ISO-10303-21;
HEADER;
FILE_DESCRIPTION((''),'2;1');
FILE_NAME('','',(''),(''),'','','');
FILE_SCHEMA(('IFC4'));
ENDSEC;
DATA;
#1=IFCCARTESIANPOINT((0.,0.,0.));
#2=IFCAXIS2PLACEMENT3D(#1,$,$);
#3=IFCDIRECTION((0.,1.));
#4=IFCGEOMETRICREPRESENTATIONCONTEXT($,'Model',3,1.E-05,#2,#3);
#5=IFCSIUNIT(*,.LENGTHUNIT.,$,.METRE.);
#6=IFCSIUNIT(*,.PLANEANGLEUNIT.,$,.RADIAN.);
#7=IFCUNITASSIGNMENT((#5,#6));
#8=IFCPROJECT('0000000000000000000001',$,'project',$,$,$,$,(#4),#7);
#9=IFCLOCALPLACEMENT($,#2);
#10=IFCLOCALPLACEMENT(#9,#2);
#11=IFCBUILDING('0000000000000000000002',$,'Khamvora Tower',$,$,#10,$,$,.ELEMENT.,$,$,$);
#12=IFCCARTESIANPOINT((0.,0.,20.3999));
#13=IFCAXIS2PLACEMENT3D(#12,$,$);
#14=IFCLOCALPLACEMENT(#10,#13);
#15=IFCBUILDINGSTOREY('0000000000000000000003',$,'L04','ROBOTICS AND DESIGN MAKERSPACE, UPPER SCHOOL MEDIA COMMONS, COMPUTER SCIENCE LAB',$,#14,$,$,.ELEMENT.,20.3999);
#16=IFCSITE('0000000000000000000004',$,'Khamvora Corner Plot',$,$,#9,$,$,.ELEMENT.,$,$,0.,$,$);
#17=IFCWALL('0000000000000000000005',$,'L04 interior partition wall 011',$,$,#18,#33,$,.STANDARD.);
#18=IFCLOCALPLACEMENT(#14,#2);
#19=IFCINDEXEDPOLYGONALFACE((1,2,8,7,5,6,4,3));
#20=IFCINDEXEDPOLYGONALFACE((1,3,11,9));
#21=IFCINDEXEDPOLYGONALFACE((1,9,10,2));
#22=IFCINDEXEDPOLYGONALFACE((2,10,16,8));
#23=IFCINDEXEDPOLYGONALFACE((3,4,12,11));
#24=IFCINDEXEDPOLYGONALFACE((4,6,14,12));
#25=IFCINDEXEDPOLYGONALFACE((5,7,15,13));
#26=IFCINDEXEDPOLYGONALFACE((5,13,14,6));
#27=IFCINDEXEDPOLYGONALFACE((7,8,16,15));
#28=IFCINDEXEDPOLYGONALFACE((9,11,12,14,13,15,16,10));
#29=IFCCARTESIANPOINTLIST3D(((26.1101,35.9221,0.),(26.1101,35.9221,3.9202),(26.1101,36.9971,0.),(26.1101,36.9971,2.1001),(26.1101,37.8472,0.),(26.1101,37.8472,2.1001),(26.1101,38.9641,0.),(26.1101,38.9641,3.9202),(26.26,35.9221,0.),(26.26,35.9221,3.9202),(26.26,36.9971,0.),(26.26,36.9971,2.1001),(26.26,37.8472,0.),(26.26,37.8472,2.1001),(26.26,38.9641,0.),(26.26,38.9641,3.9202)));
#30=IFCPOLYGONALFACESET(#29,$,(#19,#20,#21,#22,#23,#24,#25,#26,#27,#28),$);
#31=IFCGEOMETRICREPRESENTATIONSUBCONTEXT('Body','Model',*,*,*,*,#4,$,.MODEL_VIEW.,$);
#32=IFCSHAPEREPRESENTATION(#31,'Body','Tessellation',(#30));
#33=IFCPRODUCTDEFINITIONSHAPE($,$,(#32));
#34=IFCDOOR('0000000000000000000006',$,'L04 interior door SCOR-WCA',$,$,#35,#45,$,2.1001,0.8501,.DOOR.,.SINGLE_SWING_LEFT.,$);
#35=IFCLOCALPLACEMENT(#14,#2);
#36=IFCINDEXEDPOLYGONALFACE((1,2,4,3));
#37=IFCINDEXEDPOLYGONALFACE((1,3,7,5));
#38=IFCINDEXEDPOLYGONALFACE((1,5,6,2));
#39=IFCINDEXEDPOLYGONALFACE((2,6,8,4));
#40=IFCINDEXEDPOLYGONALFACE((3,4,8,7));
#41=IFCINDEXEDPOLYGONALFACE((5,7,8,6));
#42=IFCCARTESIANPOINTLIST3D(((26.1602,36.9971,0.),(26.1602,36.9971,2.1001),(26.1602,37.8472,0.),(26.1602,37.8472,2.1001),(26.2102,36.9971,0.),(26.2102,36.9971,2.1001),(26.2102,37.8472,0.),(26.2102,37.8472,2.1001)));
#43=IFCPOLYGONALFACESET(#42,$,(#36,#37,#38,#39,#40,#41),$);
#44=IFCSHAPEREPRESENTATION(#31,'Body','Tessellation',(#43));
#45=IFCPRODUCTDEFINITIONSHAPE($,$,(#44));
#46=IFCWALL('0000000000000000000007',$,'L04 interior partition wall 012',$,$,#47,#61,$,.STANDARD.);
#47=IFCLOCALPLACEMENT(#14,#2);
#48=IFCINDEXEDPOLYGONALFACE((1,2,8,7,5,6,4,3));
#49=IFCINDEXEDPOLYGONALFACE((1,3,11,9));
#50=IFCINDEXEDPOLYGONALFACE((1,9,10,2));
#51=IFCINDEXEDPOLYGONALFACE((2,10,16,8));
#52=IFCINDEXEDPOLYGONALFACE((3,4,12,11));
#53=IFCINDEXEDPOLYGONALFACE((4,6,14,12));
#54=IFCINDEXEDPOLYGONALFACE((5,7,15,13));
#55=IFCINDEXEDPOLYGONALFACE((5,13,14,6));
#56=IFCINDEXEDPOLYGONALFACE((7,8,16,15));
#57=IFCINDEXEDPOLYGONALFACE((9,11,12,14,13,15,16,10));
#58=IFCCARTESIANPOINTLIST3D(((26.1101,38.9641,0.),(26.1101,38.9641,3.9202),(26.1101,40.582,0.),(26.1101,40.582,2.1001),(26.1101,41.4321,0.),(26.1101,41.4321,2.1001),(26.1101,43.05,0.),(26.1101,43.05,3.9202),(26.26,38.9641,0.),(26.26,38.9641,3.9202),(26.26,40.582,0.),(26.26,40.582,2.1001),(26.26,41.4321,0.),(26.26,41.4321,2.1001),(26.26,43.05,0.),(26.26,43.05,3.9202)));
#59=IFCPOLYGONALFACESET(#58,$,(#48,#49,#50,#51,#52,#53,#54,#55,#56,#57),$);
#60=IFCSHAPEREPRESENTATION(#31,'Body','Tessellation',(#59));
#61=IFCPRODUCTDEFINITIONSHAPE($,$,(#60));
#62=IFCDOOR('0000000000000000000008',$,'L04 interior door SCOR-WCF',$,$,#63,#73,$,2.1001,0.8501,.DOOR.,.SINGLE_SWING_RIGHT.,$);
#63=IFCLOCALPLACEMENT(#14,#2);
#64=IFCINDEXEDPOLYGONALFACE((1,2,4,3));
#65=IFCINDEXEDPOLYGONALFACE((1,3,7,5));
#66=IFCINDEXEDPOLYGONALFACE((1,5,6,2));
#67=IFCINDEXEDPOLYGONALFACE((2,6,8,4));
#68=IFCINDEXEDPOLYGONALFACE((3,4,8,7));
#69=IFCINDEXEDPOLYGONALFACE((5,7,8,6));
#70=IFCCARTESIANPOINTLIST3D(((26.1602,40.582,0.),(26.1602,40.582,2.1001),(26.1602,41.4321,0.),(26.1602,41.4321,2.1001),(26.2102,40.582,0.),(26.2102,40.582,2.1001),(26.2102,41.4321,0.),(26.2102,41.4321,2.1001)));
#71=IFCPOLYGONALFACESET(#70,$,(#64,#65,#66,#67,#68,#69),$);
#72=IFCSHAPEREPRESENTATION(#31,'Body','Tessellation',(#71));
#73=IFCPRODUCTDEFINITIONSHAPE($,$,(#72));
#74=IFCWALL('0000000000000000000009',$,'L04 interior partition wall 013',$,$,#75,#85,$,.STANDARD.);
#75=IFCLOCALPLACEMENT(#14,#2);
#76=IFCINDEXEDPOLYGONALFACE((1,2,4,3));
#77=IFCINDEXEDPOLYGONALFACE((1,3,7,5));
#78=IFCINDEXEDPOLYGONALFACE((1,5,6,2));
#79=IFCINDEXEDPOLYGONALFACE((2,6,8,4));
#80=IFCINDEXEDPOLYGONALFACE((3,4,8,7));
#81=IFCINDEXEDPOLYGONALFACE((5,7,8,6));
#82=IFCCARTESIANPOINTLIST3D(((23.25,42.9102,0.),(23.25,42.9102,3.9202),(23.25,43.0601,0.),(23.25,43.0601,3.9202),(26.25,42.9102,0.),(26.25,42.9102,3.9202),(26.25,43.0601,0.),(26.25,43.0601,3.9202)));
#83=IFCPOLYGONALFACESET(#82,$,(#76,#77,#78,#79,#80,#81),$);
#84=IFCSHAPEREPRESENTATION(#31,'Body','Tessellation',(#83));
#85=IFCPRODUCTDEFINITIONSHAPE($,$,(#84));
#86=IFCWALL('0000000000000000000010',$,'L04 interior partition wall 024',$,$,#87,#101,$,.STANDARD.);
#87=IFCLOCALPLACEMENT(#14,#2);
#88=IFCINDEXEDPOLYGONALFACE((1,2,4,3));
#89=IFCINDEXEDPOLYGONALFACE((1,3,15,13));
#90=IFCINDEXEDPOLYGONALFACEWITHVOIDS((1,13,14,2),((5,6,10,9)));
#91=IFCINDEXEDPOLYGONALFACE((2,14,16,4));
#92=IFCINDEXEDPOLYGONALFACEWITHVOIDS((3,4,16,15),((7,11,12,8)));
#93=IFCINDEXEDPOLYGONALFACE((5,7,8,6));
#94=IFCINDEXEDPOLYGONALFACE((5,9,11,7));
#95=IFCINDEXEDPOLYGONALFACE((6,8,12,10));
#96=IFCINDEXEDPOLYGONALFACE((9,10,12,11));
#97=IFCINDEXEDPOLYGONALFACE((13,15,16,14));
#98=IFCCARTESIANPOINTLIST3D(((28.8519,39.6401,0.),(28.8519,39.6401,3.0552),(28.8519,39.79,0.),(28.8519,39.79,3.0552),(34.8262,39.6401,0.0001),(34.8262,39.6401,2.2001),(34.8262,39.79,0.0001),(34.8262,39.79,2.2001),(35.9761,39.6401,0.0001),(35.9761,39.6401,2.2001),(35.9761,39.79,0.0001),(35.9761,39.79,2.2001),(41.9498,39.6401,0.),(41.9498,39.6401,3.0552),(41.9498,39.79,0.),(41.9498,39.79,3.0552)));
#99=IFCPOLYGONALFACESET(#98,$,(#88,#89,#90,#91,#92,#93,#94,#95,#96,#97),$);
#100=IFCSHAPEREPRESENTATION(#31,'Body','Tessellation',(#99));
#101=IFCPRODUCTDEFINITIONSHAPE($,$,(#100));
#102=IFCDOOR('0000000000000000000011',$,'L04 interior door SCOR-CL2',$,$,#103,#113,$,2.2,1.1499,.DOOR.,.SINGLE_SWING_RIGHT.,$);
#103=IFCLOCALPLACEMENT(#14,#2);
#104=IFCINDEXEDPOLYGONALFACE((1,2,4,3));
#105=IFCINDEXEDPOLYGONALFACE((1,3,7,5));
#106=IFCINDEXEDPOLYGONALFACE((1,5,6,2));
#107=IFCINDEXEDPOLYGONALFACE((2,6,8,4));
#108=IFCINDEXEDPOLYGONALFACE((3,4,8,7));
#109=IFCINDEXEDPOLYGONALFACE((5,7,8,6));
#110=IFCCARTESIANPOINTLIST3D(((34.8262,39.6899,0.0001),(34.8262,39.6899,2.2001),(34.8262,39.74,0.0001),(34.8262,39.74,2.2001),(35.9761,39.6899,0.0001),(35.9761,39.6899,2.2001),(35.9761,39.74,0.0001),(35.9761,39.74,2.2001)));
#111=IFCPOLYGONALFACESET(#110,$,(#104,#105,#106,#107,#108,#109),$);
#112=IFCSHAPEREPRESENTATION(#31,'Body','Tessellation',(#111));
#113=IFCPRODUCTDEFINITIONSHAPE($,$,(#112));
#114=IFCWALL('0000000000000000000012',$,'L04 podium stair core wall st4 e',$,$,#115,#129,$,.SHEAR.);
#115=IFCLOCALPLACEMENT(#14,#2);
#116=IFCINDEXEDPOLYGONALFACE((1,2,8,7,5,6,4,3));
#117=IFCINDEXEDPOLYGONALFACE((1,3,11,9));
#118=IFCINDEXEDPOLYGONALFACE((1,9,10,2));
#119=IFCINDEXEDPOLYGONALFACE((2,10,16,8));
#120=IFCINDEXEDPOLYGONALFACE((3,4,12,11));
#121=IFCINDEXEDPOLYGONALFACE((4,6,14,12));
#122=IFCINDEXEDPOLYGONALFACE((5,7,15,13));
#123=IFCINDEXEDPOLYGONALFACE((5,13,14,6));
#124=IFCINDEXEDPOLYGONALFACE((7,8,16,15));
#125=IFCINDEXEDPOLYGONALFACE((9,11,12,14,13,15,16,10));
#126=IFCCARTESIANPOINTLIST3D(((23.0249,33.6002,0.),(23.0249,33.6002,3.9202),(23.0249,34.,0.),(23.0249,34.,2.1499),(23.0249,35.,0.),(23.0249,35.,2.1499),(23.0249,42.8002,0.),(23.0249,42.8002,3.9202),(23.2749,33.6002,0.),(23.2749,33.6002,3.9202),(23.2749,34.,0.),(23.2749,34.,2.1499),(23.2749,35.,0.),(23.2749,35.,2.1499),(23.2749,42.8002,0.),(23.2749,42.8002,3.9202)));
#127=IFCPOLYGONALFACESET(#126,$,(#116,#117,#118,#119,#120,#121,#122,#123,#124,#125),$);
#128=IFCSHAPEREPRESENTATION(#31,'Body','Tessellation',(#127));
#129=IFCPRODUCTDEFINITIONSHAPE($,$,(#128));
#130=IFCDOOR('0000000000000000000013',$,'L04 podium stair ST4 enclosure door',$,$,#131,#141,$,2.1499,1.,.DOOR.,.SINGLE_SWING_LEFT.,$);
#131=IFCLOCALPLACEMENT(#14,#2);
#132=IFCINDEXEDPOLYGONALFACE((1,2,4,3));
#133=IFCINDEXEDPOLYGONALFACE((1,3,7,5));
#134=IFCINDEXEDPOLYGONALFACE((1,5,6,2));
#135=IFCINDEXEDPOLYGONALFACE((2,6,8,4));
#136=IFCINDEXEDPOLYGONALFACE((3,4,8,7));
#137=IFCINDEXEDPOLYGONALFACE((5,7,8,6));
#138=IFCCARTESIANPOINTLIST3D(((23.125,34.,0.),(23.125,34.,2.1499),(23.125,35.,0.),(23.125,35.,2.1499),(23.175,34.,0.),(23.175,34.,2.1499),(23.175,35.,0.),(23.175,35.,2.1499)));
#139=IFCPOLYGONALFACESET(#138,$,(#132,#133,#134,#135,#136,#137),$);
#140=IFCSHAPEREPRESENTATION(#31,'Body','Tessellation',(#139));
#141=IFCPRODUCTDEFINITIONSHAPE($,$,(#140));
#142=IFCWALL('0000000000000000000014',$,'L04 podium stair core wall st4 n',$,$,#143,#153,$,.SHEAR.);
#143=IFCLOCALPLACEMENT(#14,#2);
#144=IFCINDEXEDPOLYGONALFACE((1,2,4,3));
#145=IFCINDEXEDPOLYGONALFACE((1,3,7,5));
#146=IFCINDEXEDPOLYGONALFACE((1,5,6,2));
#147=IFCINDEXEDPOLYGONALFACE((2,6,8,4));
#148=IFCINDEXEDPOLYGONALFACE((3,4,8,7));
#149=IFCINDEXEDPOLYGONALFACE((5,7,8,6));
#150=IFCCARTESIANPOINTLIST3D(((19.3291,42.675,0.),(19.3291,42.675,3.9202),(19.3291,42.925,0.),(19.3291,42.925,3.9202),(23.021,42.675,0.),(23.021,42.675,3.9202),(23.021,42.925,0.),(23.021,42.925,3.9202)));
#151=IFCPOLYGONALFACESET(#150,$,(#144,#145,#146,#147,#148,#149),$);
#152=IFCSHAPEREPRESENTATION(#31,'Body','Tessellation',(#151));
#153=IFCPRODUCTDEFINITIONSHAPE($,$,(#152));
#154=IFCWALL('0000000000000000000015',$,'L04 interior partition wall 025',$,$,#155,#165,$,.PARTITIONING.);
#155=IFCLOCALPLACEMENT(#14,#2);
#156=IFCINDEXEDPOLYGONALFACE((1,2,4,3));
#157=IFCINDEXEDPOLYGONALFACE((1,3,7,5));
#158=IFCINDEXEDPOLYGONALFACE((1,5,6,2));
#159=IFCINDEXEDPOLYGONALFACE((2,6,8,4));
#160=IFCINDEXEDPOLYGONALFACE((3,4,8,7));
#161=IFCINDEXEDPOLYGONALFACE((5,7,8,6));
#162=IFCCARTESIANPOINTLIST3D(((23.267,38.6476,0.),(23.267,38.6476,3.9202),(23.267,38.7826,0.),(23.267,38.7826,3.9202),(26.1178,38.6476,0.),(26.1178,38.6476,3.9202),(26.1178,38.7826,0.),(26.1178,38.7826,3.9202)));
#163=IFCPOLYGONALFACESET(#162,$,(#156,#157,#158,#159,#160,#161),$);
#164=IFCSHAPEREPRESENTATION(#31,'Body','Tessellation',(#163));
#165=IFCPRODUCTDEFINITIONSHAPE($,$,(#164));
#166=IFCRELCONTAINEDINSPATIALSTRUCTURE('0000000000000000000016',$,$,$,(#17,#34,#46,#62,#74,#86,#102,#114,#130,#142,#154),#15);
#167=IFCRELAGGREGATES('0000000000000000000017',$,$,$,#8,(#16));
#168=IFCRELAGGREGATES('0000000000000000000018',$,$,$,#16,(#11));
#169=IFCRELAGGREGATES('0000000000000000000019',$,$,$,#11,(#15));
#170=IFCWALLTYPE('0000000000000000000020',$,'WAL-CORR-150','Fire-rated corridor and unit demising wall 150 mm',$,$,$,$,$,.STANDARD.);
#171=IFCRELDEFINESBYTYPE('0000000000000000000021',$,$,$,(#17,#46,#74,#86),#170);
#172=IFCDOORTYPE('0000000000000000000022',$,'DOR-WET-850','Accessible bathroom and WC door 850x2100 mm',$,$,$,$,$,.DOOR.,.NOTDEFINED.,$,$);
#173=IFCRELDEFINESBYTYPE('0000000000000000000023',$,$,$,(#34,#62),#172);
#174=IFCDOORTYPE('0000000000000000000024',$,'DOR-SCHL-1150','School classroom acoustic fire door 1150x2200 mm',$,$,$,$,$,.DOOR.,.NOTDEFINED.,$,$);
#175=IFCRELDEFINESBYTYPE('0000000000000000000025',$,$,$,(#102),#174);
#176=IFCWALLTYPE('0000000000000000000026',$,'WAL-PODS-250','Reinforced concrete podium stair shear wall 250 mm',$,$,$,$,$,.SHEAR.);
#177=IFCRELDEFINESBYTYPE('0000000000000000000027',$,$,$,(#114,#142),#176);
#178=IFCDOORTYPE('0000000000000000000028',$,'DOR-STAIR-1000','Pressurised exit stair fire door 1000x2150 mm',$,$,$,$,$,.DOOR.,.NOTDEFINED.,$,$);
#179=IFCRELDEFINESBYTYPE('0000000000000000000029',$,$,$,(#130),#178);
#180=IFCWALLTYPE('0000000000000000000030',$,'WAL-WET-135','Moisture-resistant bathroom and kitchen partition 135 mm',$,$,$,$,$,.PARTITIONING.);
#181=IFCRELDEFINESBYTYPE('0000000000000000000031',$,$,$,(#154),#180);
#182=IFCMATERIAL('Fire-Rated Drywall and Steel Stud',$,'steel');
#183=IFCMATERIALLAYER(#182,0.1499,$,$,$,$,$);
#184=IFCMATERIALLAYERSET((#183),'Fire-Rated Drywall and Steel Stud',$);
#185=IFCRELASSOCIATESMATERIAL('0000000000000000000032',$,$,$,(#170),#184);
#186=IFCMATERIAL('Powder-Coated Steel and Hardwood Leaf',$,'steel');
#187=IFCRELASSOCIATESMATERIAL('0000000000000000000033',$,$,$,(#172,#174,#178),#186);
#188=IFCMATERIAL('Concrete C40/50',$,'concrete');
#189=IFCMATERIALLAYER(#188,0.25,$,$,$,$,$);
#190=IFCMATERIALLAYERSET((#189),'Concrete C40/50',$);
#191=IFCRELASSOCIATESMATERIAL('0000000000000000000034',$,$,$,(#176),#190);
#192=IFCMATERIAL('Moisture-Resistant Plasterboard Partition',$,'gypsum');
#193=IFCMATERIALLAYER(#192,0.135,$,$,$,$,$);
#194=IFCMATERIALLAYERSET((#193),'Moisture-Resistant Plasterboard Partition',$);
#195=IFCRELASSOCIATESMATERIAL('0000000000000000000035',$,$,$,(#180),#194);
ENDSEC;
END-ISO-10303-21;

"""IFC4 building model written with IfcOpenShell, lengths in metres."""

from ifc_helpers import new_model, si_unit, direction, frame, frame_2d, origin, place, context, subcontext, project, spatial, rectangle, extrude, material, layer, layer_set, type_object, element, fill, save


model = new_model("IFC4")

# Units and contexts
model_context = context("Model", 3, precision=1e-05, world=origin(), true_north=direction((0.0, 1.0)))
body_context = subcontext(model_context, "Body", "Model", "MODEL_VIEW")
ifc_project = project(units=[si_unit("LENGTHUNIT", "METRE"), si_unit("PLANEANGLEUNIT", "RADIAN")], contexts=[model_context])

# Site, building, storey
site_placement = place(None, origin())
site = spatial("IfcSite", under=ifc_project, at=site_placement, Name="Khamvora Corner Plot", CompositionType="ELEMENT", RefElevation=0.0)
building_placement = place(site_placement, origin())
building = spatial("IfcBuilding", under=site, at=building_placement, Name="Khamvora Tower", CompositionType="ELEMENT")
storey_placement = place(building_placement, frame((0.0, 0.0, 20.3999)))
storey = spatial("IfcBuildingStorey", under=building, at=storey_placement, Name="L04", Description="ROBOTICS AND DESIGN MAKERSPACE, UPPER SCHOOL MEDIA COMMONS, COMPUTER SCIENCE LAB", CompositionType="ELEMENT", Elevation=20.3999)

# Shared definitions
ifc_material_1 = material(Name="Fire-Rated Drywall and Steel Stud", Category="steel")
ifc_layer_1 = layer(ifc_material_1, 0.1499)
ifc_layer_set_1 = layer_set([ifc_layer_1], Name="Fire-Rated Drywall and Steel Stud")
wall_type_1 = type_object("IfcWallType", Name="WAL-CORR-150", Description="Fire-rated corridor and unit demising wall 150 mm", PredefinedType="STANDARD", material=ifc_layer_set_1)

# Walls, openings, doors
wall_1_placement = place(storey_placement, frame((26.1851, 35.9221, 0.0), z_axis=(0.0, 0.0, 1.0), x_axis=(0.0, 1.0, 0.0)))
wall_1 = element("IfcWall", 1, at=wall_1_placement, inside=storey, type_object=wall_type_1, Name="L04 interior partition wall 011", PredefinedType="STANDARD", context=body_context, shape_type="SweptSolid", body=[
    extrude(rectangle(XDim=3.042, YDim=0.1499, at=frame_2d((1.521, 0.0))), origin(), (0.0, 0.0, 1.0), 3.9202),
])
opening_1_placement = place(wall_1_placement, frame((1.075, 0.0, 0.0)))
opening_1 = element("IfcOpeningElement", 2, at=opening_1_placement, cuts=wall_1, PredefinedType="OPENING", context=body_context, shape_type="SweptSolid", body=[
    extrude(rectangle(XDim=0.8501, YDim=2.1001, at=frame_2d((0.425, 1.05))), frame((0.0, 0.085, 0.0), z_axis=(0.0, -1.0, 0.0), x_axis=(1.0, 0.0, 0.0)), (0.0, 0.0, 1.0), 0.1699),
])
ifc_material_2 = material(Name="Powder-Coated Steel and Hardwood Leaf", Category="steel")
door_type_1 = type_object("IfcDoorType", Name="DOR-WET-850", Description="Accessible bathroom and WC door 850x2100 mm", OperationType="NOTDEFINED", PredefinedType="DOOR", material=ifc_material_2)
door_1_placement = place(opening_1_placement, origin())
door_1 = element("IfcDoor", 3, at=door_1_placement, inside=storey, type_object=door_type_1, Name="L04 interior door SCOR-WCA", OperationType="SINGLE_SWING_LEFT", OverallHeight=2.1001, OverallWidth=0.8501, PredefinedType="DOOR", context=body_context, shape_type="SweptSolid", body=[
    extrude(rectangle(XDim=0.8501, YDim=2.1001, at=frame_2d((0.425, 1.05))), frame((0.0, 0.0249, 0.0), z_axis=(0.0, -1.0, 0.0), x_axis=(1.0, 0.0, 0.0)), (0.0, 0.0, 1.0), 0.05),
])
fill(opening_1, door_1)
wall_2_placement = place(storey_placement, frame((26.1851, 38.9641, 0.0), z_axis=(0.0, 0.0, 1.0), x_axis=(0.0, 1.0, 0.0)))
wall_2 = element("IfcWall", 4, at=wall_2_placement, inside=storey, type_object=wall_type_1, Name="L04 interior partition wall 012", PredefinedType="STANDARD", context=body_context, shape_type="SweptSolid", body=[
    extrude(rectangle(XDim=4.0859, YDim=0.1499, at=frame_2d((2.043, 0.0))), origin(), (0.0, 0.0, 1.0), 3.9202),
])
opening_2_placement = place(wall_2_placement, frame((1.6179, 0.0, 0.0)))
opening_2 = element("IfcOpeningElement", 5, at=opening_2_placement, cuts=wall_2, PredefinedType="OPENING", context=body_context, shape_type="SweptSolid", body=[
    extrude(rectangle(XDim=0.8501, YDim=2.1001, at=frame_2d((0.425, 1.05))), frame((0.0, 0.085, 0.0), z_axis=(0.0, -1.0, 0.0), x_axis=(1.0, 0.0, 0.0)), (0.0, 0.0, 1.0), 0.1699),
])
door_2_placement = place(opening_2_placement, origin())
door_2 = element("IfcDoor", 6, at=door_2_placement, inside=storey, type_object=door_type_1, Name="L04 interior door SCOR-WCF", OperationType="SINGLE_SWING_RIGHT", OverallHeight=2.1001, OverallWidth=0.8501, PredefinedType="DOOR", context=body_context, shape_type="SweptSolid", body=[
    extrude(rectangle(XDim=0.8501, YDim=2.1001, at=frame_2d((0.425, 1.05))), frame((0.0, 0.0249, 0.0), z_axis=(0.0, -1.0, 0.0), x_axis=(1.0, 0.0, 0.0)), (0.0, 0.0, 1.0), 0.05),
])
fill(opening_2, door_2)

# Wall
wall_3_placement = place(storey_placement, frame((26.25, 42.9851, 0.0), z_axis=(0.0, 0.0, 1.0), x_axis=(-1.0, 0.0, 0.0)))
element("IfcWall", 7, at=wall_3_placement, inside=storey, type_object=wall_type_1, Name="L04 interior partition wall 013", PredefinedType="STANDARD", context=body_context, shape_type="SweptSolid", body=[
    extrude(rectangle(XDim=3.0, YDim=0.1499, at=frame_2d((1.5, 0.0))), origin(), (0.0, 0.0, 1.0), 3.9202),
])

# Walls, openings, doors
wall_4_placement = place(storey_placement, frame((28.8521, 39.7151, 0.0), z_axis=(0.0, 0.0, 1.0), x_axis=(1.0, 0.0, 0.0)))
wall_4 = element("IfcWall", 8, at=wall_4_placement, inside=storey, type_object=wall_type_1, Name="L04 interior partition wall 024", PredefinedType="STANDARD", context=body_context, shape_type="SweptSolid", body=[
    extrude(rectangle(XDim=13.0979, YDim=0.1499, at=frame_2d((6.5488, 0.0))), origin(), (0.0, 0.0, 1.0), 3.0552),
])
opening_3_placement = place(wall_4_placement, frame((5.9741, 0.0, 0.0)))
opening_3 = element("IfcOpeningElement", 9, at=opening_3_placement, cuts=wall_4, PredefinedType="OPENING", context=body_context, shape_type="SweptSolid", body=[
    extrude(rectangle(XDim=1.1499, YDim=2.2, at=frame_2d((0.575, 1.1001))), frame((0.0, 0.085, 0.0), z_axis=(0.0, -1.0, 0.0), x_axis=(1.0, 0.0, 0.0)), (0.0, 0.0, 1.0), 0.1699),
])
door_type_2 = type_object("IfcDoorType", Name="DOR-SCHL-1150", Description="School classroom acoustic fire door 1150x2200 mm", OperationType="NOTDEFINED", PredefinedType="DOOR", material=ifc_material_2)
door_3_placement = place(opening_3_placement, origin())
door_3 = element("IfcDoor", 10, at=door_3_placement, inside=storey, type_object=door_type_2, Name="L04 interior door SCOR-CL2", OperationType="SINGLE_SWING_RIGHT", OverallHeight=2.2, OverallWidth=1.1499, PredefinedType="DOOR", context=body_context, shape_type="SweptSolid", body=[
    extrude(rectangle(XDim=1.1499, YDim=2.2, at=frame_2d((0.575, 1.1001))), frame((0.0, 0.0249, 0.0), z_axis=(0.0, -1.0, 0.0), x_axis=(1.0, 0.0, 0.0)), (0.0, 0.0, 1.0), 0.05),
])
fill(opening_3, door_3)
ifc_material_3 = material(Name="Concrete C40/50", Category="concrete")
ifc_layer_2 = layer(ifc_material_3, 0.25)
ifc_layer_set_2 = layer_set([ifc_layer_2], Name="Concrete C40/50")
wall_type_2 = type_object("IfcWallType", Name="WAL-PODS-250", Description="Reinforced concrete podium stair shear wall 250 mm", PredefinedType="SHEAR", material=ifc_layer_set_2)
wall_5_placement = place(storey_placement, frame((23.1499, 33.6001, 0.0), z_axis=(0.0, 0.0, 1.0), x_axis=(0.0, 1.0, 0.0)))
wall_5 = element("IfcWall", 11, at=wall_5_placement, inside=storey, type_object=wall_type_2, Name="L04 podium stair core wall st4 e", PredefinedType="SHEAR", context=body_context, shape_type="SweptSolid", body=[
    extrude(rectangle(XDim=9.2, YDim=0.25, at=frame_2d((4.6001, 0.0))), origin(), (0.0, 0.0, 1.0), 3.9202),
])
opening_4_placement = place(wall_5_placement, frame((0.3999, 0.0, 0.0)))
opening_4 = element("IfcOpeningElement", 12, at=opening_4_placement, cuts=wall_5, PredefinedType="OPENING", context=body_context, shape_type="SweptSolid", body=[
    extrude(rectangle(XDim=1.0, YDim=2.1499, at=frame_2d((0.5, 1.075))), frame((0.0, 0.135, 0.0), z_axis=(0.0, -1.0, 0.0), x_axis=(1.0, 0.0, 0.0)), (0.0, 0.0, 1.0), 0.27),
])
door_type_3 = type_object("IfcDoorType", Name="DOR-STAIR-1000", Description="Pressurised exit stair fire door 1000x2150 mm", OperationType="NOTDEFINED", PredefinedType="DOOR", material=ifc_material_2)
door_4_placement = place(opening_4_placement, origin())
door_4 = element("IfcDoor", 13, at=door_4_placement, inside=storey, type_object=door_type_3, Name="L04 podium stair ST4 enclosure door", OperationType="SINGLE_SWING_LEFT", OverallHeight=2.1499, OverallWidth=1.0, PredefinedType="DOOR", context=body_context, shape_type="SweptSolid", body=[
    extrude(rectangle(XDim=1.0, YDim=2.1499, at=frame_2d((0.5, 1.075))), frame((0.0, 0.0249, 0.0), z_axis=(0.0, -1.0, 0.0), x_axis=(1.0, 0.0, 0.0)), (0.0, 0.0, 1.0), 0.05),
])
fill(opening_4, door_4)

# Walls
wall_6_placement = place(storey_placement, frame((19.3291, 42.8, 0.0), z_axis=(0.0, 0.0, 1.0), x_axis=(1.0, 0.0, 0.0)))
element("IfcWall", 14, at=wall_6_placement, inside=storey, type_object=wall_type_2, Name="L04 podium stair core wall st4 n", PredefinedType="SHEAR", context=body_context, shape_type="SweptSolid", body=[
    extrude(rectangle(XDim=3.6919, YDim=0.25, at=frame_2d((1.8459, 0.0))), origin(), (0.0, 0.0, 1.0), 3.9202),
])
ifc_material_4 = material(Name="Moisture-Resistant Plasterboard Partition", Category="gypsum")
ifc_layer_3 = layer(ifc_material_4, 0.135)
ifc_layer_set_3 = layer_set([ifc_layer_3], Name="Moisture-Resistant Plasterboard Partition")
wall_type_3 = type_object("IfcWallType", Name="WAL-WET-135", Description="Moisture-resistant bathroom and kitchen partition 135 mm", PredefinedType="PARTITIONING", material=ifc_layer_set_3)
wall_7_placement = place(storey_placement, frame((23.2671, 38.7151, 0.0), z_axis=(0.0, 0.0, 1.0), x_axis=(1.0, 0.0, 0.0)))
element("IfcWall", 15, at=wall_7_placement, inside=storey, type_object=wall_type_3, Name="L04 interior partition wall 025", PredefinedType="PARTITIONING", context=body_context, shape_type="SweptSolid", body=[
    extrude(rectangle(XDim=2.8508, YDim=0.135, at=frame_2d((1.4253, 0.0))), origin(), (0.0, 0.0, 1.0), 3.9202),
])

save(model, "model.ifc")
